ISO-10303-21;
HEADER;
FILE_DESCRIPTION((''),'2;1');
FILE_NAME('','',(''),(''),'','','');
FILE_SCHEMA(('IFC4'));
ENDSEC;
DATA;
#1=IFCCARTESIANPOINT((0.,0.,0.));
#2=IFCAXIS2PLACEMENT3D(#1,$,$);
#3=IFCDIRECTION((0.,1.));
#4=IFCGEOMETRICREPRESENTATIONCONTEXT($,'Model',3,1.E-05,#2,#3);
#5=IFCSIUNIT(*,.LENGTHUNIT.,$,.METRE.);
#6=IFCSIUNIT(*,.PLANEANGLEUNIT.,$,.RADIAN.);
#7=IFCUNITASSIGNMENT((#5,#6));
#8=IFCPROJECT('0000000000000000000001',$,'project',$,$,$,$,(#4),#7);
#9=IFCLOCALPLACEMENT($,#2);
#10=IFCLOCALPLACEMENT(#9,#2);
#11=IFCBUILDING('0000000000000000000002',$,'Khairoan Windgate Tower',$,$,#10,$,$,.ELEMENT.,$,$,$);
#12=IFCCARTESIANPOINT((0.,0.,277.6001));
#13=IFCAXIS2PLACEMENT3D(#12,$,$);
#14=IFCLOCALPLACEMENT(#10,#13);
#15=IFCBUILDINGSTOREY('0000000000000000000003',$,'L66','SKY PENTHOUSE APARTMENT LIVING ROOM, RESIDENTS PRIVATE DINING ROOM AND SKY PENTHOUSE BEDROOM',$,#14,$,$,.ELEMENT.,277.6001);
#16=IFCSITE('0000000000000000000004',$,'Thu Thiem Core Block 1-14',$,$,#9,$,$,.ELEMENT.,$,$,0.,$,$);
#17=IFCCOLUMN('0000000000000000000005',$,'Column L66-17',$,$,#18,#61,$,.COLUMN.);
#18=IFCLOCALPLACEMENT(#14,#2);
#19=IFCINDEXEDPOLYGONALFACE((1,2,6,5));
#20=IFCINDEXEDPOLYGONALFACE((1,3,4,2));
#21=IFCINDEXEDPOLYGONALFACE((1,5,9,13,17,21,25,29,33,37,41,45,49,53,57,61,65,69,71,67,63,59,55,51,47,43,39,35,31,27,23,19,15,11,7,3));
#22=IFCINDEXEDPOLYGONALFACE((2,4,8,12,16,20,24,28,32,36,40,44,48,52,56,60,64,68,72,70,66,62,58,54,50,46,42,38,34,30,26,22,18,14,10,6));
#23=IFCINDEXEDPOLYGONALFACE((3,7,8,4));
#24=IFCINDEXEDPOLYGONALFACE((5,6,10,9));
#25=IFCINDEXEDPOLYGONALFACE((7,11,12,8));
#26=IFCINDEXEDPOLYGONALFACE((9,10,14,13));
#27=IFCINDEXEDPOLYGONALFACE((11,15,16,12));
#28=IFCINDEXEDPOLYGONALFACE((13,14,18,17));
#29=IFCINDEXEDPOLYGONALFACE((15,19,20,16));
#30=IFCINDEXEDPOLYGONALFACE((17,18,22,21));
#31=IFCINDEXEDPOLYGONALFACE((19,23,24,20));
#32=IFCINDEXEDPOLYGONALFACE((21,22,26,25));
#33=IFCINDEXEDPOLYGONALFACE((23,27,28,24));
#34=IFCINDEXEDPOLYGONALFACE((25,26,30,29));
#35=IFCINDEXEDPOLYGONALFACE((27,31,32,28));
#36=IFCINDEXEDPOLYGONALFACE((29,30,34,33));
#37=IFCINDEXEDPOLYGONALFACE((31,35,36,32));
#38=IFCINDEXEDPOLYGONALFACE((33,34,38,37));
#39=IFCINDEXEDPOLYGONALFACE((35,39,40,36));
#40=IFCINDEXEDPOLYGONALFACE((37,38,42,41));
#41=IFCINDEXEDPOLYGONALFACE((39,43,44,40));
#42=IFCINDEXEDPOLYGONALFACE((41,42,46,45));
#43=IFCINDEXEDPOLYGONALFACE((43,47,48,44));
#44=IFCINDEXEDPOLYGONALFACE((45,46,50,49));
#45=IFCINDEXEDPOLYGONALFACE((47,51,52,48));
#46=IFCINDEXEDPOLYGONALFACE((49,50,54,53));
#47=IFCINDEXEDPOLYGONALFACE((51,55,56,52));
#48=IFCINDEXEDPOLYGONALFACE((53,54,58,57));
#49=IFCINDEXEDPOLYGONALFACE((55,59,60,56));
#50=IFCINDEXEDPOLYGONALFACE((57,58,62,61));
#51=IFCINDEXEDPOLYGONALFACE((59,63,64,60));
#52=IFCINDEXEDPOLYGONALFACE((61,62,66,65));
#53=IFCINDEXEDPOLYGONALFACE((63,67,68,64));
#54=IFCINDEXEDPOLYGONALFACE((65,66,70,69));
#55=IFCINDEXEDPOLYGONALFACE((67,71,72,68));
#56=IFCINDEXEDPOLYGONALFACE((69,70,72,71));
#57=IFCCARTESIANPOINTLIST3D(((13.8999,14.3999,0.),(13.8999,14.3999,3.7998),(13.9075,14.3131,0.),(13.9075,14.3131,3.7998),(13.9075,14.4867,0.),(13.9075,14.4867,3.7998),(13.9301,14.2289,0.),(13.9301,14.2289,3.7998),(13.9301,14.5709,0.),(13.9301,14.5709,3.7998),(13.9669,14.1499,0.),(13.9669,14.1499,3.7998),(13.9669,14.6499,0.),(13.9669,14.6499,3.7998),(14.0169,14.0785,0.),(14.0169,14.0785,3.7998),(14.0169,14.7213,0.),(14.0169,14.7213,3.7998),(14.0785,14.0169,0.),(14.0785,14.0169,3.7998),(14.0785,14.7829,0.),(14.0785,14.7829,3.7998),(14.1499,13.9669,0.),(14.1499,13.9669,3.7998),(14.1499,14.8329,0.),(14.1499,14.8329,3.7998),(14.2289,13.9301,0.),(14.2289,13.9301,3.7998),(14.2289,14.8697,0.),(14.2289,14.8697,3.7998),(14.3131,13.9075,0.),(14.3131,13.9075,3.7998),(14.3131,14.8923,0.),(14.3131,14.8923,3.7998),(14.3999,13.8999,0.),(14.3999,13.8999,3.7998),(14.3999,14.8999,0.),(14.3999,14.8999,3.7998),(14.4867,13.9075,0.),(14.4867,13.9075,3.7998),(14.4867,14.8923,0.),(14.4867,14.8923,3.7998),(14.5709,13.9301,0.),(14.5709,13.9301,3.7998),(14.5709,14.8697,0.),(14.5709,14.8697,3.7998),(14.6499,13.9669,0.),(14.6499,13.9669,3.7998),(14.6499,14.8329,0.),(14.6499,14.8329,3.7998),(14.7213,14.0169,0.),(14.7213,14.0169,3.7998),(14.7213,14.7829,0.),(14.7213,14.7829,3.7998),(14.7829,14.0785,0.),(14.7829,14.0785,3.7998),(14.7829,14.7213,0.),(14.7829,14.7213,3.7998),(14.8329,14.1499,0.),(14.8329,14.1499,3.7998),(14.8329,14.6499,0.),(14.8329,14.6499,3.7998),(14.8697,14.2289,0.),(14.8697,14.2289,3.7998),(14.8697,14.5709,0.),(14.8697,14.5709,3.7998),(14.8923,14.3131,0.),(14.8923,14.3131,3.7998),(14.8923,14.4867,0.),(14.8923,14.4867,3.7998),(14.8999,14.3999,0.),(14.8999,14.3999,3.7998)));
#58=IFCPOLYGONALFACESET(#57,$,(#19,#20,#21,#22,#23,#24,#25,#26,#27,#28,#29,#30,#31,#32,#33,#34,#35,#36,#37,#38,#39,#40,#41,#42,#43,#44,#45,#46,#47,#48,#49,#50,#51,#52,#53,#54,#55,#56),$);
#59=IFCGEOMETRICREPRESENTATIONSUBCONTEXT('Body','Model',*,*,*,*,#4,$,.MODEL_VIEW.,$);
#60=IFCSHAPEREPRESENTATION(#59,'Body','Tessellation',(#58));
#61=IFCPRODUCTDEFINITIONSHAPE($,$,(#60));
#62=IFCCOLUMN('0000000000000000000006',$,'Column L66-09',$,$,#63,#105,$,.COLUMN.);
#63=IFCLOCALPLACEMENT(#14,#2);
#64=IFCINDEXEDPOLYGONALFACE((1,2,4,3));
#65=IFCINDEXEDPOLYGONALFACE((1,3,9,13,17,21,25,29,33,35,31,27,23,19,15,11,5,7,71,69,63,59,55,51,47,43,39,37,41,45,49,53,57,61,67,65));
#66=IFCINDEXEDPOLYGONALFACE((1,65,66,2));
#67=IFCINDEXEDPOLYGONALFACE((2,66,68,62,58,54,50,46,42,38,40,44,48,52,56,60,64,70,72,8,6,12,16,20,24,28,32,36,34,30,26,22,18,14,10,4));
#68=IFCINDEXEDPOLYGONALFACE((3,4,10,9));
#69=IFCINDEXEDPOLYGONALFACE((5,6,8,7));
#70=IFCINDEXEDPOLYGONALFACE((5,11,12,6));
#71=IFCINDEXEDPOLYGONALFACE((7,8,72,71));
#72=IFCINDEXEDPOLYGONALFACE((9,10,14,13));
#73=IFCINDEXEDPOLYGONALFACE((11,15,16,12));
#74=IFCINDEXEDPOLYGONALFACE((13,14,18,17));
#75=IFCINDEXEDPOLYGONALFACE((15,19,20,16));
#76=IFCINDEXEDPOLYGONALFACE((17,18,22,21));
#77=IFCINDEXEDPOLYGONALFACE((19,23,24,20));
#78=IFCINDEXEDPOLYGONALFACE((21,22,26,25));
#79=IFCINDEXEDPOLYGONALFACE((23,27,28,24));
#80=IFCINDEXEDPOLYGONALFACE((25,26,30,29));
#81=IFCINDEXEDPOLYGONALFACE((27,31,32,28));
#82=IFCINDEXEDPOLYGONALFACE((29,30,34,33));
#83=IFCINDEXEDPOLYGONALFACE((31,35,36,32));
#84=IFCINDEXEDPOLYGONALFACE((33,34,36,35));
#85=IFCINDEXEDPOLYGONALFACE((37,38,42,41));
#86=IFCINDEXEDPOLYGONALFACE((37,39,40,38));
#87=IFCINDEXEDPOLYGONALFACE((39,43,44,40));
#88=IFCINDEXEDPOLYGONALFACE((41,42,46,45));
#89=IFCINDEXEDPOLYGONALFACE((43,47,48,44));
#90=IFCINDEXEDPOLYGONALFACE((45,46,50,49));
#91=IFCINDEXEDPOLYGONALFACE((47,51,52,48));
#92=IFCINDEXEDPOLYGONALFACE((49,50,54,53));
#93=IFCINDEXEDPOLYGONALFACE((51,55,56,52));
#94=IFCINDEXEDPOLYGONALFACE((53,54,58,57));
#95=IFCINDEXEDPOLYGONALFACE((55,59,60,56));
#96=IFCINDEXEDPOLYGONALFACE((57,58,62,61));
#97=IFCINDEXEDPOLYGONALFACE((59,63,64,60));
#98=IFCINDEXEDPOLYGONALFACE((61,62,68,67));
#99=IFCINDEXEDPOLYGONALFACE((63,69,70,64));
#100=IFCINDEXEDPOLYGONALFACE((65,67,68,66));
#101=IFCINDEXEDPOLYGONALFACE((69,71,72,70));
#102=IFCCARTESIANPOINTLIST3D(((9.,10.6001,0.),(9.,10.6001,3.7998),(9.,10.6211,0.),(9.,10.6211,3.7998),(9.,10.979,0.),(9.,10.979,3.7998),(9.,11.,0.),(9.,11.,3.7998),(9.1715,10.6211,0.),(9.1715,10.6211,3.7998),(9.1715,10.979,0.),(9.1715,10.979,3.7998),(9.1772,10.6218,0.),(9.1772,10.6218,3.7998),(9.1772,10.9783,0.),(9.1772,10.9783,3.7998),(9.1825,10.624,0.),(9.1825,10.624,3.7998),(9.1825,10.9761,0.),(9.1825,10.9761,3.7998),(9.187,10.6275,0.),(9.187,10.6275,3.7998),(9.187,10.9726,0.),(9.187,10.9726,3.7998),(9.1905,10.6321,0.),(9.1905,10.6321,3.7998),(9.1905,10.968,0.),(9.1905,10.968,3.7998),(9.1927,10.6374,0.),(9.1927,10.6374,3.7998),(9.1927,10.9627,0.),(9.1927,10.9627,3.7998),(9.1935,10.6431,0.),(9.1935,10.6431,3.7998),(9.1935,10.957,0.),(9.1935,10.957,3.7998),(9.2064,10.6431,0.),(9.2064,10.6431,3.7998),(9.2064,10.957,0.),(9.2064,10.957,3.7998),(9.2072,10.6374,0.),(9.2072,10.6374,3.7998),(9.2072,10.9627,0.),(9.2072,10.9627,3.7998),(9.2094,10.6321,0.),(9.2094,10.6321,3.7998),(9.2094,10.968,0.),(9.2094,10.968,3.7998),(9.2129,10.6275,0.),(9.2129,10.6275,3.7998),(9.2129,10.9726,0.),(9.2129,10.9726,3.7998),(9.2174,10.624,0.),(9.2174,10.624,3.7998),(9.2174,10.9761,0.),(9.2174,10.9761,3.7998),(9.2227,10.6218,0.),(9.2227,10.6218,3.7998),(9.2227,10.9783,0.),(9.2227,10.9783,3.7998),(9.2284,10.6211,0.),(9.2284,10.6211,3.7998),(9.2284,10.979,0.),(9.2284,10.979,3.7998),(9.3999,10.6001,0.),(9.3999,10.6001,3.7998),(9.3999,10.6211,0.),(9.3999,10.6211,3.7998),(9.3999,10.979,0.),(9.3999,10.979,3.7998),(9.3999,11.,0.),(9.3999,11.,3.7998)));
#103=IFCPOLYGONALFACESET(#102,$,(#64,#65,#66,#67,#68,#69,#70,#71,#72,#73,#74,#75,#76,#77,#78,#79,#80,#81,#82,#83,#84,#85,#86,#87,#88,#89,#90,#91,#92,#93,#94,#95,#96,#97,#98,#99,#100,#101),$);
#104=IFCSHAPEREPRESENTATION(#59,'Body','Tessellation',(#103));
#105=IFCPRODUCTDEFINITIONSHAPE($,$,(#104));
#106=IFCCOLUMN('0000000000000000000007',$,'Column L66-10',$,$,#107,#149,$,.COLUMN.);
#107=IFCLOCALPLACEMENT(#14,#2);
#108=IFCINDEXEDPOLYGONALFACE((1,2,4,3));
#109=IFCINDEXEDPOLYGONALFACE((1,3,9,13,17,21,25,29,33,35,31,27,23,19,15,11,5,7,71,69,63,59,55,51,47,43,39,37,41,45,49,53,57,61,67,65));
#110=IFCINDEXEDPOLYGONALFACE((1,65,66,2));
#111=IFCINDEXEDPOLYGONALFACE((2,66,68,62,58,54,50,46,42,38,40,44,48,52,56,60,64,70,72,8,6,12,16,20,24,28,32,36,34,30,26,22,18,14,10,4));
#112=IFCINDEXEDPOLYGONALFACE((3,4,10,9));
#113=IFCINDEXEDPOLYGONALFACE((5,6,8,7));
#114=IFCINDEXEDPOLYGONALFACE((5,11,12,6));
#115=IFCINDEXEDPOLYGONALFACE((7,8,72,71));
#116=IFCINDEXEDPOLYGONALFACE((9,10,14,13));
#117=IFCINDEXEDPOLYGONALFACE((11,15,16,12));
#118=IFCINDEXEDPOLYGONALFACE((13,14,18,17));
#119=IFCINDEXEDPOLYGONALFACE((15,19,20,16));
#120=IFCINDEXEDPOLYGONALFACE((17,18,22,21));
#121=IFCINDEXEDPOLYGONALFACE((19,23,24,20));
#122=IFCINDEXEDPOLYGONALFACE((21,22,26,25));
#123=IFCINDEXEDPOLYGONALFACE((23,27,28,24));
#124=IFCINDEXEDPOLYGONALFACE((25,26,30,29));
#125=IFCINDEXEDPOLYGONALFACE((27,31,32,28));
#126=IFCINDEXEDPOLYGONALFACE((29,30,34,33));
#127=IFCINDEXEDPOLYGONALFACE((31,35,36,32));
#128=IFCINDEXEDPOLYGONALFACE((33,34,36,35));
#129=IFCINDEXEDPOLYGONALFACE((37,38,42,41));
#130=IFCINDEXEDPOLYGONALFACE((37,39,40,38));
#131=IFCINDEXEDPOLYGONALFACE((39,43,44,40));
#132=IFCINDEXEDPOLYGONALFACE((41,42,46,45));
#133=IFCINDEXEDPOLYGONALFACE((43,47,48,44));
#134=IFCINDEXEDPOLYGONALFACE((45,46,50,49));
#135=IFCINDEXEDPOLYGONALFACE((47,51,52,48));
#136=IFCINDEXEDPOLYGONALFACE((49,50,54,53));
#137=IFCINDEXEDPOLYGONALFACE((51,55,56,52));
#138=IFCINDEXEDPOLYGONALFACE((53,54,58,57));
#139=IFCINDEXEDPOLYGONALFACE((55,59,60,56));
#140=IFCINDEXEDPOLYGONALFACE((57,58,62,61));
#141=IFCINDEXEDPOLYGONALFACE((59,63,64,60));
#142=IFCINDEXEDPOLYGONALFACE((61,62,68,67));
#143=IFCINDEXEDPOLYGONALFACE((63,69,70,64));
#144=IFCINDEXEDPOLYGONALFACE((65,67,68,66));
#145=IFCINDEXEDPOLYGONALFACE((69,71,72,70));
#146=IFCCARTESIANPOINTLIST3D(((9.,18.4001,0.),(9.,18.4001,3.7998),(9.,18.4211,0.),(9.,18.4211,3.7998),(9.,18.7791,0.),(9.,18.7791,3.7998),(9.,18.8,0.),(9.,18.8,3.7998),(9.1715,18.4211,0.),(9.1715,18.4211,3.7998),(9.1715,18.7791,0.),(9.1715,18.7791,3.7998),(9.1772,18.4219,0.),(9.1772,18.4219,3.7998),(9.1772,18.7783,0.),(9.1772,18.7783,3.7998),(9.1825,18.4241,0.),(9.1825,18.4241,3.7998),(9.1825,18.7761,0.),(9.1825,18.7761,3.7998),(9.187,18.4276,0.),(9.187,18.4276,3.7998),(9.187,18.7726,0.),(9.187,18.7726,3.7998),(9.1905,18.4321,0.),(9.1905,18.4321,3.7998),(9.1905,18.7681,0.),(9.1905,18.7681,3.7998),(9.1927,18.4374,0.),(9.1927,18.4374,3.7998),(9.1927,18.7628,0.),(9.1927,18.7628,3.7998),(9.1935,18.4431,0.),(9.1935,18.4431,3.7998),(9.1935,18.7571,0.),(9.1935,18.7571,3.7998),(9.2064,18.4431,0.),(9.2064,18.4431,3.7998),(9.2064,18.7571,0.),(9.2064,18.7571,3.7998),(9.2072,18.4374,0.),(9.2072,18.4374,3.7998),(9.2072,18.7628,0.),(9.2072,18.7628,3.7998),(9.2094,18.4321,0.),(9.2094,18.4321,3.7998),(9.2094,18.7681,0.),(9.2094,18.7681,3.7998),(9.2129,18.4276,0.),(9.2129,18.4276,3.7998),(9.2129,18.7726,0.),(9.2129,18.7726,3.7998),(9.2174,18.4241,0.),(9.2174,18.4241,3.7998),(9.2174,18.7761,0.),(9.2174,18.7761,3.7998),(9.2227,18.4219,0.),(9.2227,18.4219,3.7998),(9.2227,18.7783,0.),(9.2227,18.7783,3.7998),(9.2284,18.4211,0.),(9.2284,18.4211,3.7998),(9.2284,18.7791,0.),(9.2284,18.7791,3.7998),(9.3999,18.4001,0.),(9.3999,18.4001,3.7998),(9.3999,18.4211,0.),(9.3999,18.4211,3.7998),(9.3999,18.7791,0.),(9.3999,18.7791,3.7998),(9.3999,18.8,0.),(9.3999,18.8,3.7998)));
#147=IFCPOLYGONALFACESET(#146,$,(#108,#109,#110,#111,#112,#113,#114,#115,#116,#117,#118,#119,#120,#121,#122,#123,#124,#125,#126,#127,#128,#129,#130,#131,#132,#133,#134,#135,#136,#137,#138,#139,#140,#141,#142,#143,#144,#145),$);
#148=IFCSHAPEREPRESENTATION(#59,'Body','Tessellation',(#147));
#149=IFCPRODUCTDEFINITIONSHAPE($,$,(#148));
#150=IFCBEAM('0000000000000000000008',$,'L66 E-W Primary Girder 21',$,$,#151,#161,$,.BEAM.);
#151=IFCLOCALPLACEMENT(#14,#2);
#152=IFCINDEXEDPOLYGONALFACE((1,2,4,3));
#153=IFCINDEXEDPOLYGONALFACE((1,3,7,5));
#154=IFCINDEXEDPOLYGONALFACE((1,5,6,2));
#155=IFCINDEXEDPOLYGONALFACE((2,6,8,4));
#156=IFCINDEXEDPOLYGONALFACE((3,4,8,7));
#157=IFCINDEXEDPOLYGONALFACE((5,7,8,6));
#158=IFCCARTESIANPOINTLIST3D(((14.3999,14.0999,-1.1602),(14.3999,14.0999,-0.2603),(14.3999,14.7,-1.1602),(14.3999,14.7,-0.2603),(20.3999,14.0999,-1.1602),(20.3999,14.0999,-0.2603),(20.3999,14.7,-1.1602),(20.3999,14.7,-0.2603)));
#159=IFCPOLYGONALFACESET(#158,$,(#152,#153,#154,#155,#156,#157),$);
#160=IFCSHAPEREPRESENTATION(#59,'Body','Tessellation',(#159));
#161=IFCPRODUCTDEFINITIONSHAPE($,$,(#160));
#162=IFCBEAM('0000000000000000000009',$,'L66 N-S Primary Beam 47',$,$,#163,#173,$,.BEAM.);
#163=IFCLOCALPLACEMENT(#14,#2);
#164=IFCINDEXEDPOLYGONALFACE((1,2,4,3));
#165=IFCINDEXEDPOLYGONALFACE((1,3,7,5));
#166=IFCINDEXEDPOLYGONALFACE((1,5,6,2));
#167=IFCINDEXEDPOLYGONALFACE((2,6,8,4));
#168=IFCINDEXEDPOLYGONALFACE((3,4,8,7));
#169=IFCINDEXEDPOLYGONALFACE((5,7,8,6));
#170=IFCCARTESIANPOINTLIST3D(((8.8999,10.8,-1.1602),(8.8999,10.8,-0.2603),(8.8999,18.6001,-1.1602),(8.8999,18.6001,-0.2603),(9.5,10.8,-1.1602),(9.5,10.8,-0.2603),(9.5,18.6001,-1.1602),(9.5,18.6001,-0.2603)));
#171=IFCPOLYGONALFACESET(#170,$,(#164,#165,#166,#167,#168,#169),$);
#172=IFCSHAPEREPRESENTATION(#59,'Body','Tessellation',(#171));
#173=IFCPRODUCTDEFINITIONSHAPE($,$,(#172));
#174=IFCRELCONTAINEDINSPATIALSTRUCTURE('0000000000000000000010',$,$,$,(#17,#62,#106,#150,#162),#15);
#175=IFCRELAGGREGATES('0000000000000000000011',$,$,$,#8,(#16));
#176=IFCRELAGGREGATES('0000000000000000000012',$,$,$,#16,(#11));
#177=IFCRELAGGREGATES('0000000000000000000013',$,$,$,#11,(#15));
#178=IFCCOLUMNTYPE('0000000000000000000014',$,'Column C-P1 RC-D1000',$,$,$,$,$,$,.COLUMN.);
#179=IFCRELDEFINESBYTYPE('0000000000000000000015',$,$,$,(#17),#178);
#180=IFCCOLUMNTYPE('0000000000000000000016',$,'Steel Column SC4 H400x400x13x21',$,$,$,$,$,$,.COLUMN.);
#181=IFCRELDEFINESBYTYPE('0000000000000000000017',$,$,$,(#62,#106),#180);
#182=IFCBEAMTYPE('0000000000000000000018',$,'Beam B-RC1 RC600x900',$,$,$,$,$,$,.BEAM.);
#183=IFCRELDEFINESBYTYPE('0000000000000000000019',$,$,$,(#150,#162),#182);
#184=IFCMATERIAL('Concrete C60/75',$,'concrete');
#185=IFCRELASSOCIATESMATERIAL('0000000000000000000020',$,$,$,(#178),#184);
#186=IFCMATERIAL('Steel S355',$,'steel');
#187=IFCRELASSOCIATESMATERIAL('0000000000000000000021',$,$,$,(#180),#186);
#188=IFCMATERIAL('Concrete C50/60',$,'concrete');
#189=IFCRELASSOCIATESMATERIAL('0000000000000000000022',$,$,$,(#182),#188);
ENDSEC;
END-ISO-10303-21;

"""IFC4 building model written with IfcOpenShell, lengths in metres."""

from ifc_helpers import new_model, si_unit, direction, frame, origin, origin_2d, place, context, subcontext, project, spatial, rectangle, circle, i_section, extrude, material, material_profile, profile_set, type_object, element, save


model = new_model("IFC4")

# Units and contexts
model_context = context("Model", 3, precision=1e-05, world=origin(), true_north=direction((0.0, 1.0)))
body_context = subcontext(model_context, "Body", "Model", "MODEL_VIEW")
ifc_project = project(units=[si_unit("LENGTHUNIT", "METRE"), si_unit("PLANEANGLEUNIT", "RADIAN")], contexts=[model_context])

# Site, building, storey
site_placement = place(None, origin())
site = spatial("IfcSite", under=ifc_project, at=site_placement, Name="Thu Thiem Core Block 1-14", CompositionType="ELEMENT", RefElevation=0.0)
building_placement = place(site_placement, origin())
building = spatial("IfcBuilding", under=site, at=building_placement, Name="Khairoan Windgate Tower", CompositionType="ELEMENT")
storey_placement = place(building_placement, frame((0.0, 0.0, 277.6001)))
storey = spatial("IfcBuildingStorey", under=building, at=storey_placement, Name="L66", Description="SKY PENTHOUSE APARTMENT LIVING ROOM, RESIDENTS PRIVATE DINING ROOM AND SKY PENTHOUSE BEDROOM", CompositionType="ELEMENT", Elevation=277.6001)

# Columns
ifc_material_1 = material(Name="Concrete C60/75", Category="concrete")
ifc_material_profile_1 = material_profile(ifc_material_1, circle(Radius=0.5, at=origin_2d()))
ifc_profile_set_1 = profile_set([ifc_material_profile_1], Name="Concrete C60/75")
column_type_1 = type_object("IfcColumnType", Name="Column C-P1 RC-D1000", PredefinedType="COLUMN", material=ifc_profile_set_1)
column_placement = place(storey_placement, frame((14.3999, 14.3999, 0.0), z_axis=(0.0, 0.0, 1.0), x_axis=(1.0, 0.0, 0.0)))
element("IfcColumn", 1, at=column_placement, inside=storey, type_object=column_type_1, Name="Column L66-17", PredefinedType="COLUMN", context=body_context, shape_type="SweptSolid", body=[
    extrude(circle(Radius=0.5, at=origin_2d()), origin(), (0.0, 0.0, 1.0), 3.7998),
])
ifc_material_2 = material(Name="Steel S355", Category="steel")
ifc_material_profile_2 = material_profile(ifc_material_2, i_section(OverallWidth=0.3999, OverallDepth=0.3999, WebThickness=0.0129, FlangeThickness=0.021, FilletRadius=0.022, at=origin_2d()))
ifc_profile_set_2 = profile_set([ifc_material_profile_2], Name="Steel S355")
column_type_2 = type_object("IfcColumnType", Name="Steel Column SC4 H400x400x13x21", PredefinedType="COLUMN", material=ifc_profile_set_2)
for number, where, z_axis, x_axis, name in (
    (2, (9.2, 10.8, 0.0), (0.0, 0.0, 1.0), (1.0, 0.0, 0.0), "Column L66-09"),
    (3, (9.2, 18.6001, 0.0), (0.0, 0.0, 1.0), (1.0, 0.0, 0.0), "Column L66-10"),
):
    element("IfcColumn", number, at=place(storey_placement, frame(where, z_axis=z_axis, x_axis=x_axis)), inside=storey, type_object=column_type_2, Name=name, PredefinedType="COLUMN", context=body_context, shape_type="SweptSolid", body=[
        extrude(i_section(OverallWidth=0.3999, OverallDepth=0.3999, WebThickness=0.0129, FlangeThickness=0.021, FilletRadius=0.022, at=origin_2d()), origin(), (0.0, 0.0, 1.0), 3.7998),
    ])

# Beams
ifc_material_3 = material(Name="Concrete C50/60", Category="concrete")
ifc_material_profile_3 = material_profile(ifc_material_3, rectangle(XDim=0.6001, YDim=0.8999, at=origin_2d()))
ifc_profile_set_3 = profile_set([ifc_material_profile_3], Name="Concrete C50/60")
beam_type = type_object("IfcBeamType", Name="Beam B-RC1 RC600x900", PredefinedType="BEAM", material=ifc_profile_set_3)
beam_1_placement = place(storey_placement, frame((14.3999, 14.3999, -0.7102), z_axis=(1.0, 0.0, 0.0), x_axis=(0.0, 1.0, 0.0)))
element("IfcBeam", 4, at=beam_1_placement, inside=storey, type_object=beam_type, Name="L66 E-W Primary Girder 21", PredefinedType="BEAM", context=body_context, shape_type="SweptSolid", body=[
    extrude(rectangle(XDim=0.6001, YDim=0.8999, at=origin_2d()), origin(), (0.0, 0.0, 1.0), 6.0),
])
beam_2_placement = place(storey_placement, frame((9.2, 10.8, -0.7102), z_axis=(0.0, 1.0, 0.0), x_axis=(-1.0, 0.0, 0.0)))
element("IfcBeam", 5, at=beam_2_placement, inside=storey, type_object=beam_type, Name="L66 N-S Primary Beam 47", PredefinedType="BEAM", context=body_context, shape_type="SweptSolid", body=[
    extrude(rectangle(XDim=0.6001, YDim=0.8999, at=origin_2d()), origin(), (0.0, 0.0, 1.0), 7.8),
])

save(model, "model.ifc")
